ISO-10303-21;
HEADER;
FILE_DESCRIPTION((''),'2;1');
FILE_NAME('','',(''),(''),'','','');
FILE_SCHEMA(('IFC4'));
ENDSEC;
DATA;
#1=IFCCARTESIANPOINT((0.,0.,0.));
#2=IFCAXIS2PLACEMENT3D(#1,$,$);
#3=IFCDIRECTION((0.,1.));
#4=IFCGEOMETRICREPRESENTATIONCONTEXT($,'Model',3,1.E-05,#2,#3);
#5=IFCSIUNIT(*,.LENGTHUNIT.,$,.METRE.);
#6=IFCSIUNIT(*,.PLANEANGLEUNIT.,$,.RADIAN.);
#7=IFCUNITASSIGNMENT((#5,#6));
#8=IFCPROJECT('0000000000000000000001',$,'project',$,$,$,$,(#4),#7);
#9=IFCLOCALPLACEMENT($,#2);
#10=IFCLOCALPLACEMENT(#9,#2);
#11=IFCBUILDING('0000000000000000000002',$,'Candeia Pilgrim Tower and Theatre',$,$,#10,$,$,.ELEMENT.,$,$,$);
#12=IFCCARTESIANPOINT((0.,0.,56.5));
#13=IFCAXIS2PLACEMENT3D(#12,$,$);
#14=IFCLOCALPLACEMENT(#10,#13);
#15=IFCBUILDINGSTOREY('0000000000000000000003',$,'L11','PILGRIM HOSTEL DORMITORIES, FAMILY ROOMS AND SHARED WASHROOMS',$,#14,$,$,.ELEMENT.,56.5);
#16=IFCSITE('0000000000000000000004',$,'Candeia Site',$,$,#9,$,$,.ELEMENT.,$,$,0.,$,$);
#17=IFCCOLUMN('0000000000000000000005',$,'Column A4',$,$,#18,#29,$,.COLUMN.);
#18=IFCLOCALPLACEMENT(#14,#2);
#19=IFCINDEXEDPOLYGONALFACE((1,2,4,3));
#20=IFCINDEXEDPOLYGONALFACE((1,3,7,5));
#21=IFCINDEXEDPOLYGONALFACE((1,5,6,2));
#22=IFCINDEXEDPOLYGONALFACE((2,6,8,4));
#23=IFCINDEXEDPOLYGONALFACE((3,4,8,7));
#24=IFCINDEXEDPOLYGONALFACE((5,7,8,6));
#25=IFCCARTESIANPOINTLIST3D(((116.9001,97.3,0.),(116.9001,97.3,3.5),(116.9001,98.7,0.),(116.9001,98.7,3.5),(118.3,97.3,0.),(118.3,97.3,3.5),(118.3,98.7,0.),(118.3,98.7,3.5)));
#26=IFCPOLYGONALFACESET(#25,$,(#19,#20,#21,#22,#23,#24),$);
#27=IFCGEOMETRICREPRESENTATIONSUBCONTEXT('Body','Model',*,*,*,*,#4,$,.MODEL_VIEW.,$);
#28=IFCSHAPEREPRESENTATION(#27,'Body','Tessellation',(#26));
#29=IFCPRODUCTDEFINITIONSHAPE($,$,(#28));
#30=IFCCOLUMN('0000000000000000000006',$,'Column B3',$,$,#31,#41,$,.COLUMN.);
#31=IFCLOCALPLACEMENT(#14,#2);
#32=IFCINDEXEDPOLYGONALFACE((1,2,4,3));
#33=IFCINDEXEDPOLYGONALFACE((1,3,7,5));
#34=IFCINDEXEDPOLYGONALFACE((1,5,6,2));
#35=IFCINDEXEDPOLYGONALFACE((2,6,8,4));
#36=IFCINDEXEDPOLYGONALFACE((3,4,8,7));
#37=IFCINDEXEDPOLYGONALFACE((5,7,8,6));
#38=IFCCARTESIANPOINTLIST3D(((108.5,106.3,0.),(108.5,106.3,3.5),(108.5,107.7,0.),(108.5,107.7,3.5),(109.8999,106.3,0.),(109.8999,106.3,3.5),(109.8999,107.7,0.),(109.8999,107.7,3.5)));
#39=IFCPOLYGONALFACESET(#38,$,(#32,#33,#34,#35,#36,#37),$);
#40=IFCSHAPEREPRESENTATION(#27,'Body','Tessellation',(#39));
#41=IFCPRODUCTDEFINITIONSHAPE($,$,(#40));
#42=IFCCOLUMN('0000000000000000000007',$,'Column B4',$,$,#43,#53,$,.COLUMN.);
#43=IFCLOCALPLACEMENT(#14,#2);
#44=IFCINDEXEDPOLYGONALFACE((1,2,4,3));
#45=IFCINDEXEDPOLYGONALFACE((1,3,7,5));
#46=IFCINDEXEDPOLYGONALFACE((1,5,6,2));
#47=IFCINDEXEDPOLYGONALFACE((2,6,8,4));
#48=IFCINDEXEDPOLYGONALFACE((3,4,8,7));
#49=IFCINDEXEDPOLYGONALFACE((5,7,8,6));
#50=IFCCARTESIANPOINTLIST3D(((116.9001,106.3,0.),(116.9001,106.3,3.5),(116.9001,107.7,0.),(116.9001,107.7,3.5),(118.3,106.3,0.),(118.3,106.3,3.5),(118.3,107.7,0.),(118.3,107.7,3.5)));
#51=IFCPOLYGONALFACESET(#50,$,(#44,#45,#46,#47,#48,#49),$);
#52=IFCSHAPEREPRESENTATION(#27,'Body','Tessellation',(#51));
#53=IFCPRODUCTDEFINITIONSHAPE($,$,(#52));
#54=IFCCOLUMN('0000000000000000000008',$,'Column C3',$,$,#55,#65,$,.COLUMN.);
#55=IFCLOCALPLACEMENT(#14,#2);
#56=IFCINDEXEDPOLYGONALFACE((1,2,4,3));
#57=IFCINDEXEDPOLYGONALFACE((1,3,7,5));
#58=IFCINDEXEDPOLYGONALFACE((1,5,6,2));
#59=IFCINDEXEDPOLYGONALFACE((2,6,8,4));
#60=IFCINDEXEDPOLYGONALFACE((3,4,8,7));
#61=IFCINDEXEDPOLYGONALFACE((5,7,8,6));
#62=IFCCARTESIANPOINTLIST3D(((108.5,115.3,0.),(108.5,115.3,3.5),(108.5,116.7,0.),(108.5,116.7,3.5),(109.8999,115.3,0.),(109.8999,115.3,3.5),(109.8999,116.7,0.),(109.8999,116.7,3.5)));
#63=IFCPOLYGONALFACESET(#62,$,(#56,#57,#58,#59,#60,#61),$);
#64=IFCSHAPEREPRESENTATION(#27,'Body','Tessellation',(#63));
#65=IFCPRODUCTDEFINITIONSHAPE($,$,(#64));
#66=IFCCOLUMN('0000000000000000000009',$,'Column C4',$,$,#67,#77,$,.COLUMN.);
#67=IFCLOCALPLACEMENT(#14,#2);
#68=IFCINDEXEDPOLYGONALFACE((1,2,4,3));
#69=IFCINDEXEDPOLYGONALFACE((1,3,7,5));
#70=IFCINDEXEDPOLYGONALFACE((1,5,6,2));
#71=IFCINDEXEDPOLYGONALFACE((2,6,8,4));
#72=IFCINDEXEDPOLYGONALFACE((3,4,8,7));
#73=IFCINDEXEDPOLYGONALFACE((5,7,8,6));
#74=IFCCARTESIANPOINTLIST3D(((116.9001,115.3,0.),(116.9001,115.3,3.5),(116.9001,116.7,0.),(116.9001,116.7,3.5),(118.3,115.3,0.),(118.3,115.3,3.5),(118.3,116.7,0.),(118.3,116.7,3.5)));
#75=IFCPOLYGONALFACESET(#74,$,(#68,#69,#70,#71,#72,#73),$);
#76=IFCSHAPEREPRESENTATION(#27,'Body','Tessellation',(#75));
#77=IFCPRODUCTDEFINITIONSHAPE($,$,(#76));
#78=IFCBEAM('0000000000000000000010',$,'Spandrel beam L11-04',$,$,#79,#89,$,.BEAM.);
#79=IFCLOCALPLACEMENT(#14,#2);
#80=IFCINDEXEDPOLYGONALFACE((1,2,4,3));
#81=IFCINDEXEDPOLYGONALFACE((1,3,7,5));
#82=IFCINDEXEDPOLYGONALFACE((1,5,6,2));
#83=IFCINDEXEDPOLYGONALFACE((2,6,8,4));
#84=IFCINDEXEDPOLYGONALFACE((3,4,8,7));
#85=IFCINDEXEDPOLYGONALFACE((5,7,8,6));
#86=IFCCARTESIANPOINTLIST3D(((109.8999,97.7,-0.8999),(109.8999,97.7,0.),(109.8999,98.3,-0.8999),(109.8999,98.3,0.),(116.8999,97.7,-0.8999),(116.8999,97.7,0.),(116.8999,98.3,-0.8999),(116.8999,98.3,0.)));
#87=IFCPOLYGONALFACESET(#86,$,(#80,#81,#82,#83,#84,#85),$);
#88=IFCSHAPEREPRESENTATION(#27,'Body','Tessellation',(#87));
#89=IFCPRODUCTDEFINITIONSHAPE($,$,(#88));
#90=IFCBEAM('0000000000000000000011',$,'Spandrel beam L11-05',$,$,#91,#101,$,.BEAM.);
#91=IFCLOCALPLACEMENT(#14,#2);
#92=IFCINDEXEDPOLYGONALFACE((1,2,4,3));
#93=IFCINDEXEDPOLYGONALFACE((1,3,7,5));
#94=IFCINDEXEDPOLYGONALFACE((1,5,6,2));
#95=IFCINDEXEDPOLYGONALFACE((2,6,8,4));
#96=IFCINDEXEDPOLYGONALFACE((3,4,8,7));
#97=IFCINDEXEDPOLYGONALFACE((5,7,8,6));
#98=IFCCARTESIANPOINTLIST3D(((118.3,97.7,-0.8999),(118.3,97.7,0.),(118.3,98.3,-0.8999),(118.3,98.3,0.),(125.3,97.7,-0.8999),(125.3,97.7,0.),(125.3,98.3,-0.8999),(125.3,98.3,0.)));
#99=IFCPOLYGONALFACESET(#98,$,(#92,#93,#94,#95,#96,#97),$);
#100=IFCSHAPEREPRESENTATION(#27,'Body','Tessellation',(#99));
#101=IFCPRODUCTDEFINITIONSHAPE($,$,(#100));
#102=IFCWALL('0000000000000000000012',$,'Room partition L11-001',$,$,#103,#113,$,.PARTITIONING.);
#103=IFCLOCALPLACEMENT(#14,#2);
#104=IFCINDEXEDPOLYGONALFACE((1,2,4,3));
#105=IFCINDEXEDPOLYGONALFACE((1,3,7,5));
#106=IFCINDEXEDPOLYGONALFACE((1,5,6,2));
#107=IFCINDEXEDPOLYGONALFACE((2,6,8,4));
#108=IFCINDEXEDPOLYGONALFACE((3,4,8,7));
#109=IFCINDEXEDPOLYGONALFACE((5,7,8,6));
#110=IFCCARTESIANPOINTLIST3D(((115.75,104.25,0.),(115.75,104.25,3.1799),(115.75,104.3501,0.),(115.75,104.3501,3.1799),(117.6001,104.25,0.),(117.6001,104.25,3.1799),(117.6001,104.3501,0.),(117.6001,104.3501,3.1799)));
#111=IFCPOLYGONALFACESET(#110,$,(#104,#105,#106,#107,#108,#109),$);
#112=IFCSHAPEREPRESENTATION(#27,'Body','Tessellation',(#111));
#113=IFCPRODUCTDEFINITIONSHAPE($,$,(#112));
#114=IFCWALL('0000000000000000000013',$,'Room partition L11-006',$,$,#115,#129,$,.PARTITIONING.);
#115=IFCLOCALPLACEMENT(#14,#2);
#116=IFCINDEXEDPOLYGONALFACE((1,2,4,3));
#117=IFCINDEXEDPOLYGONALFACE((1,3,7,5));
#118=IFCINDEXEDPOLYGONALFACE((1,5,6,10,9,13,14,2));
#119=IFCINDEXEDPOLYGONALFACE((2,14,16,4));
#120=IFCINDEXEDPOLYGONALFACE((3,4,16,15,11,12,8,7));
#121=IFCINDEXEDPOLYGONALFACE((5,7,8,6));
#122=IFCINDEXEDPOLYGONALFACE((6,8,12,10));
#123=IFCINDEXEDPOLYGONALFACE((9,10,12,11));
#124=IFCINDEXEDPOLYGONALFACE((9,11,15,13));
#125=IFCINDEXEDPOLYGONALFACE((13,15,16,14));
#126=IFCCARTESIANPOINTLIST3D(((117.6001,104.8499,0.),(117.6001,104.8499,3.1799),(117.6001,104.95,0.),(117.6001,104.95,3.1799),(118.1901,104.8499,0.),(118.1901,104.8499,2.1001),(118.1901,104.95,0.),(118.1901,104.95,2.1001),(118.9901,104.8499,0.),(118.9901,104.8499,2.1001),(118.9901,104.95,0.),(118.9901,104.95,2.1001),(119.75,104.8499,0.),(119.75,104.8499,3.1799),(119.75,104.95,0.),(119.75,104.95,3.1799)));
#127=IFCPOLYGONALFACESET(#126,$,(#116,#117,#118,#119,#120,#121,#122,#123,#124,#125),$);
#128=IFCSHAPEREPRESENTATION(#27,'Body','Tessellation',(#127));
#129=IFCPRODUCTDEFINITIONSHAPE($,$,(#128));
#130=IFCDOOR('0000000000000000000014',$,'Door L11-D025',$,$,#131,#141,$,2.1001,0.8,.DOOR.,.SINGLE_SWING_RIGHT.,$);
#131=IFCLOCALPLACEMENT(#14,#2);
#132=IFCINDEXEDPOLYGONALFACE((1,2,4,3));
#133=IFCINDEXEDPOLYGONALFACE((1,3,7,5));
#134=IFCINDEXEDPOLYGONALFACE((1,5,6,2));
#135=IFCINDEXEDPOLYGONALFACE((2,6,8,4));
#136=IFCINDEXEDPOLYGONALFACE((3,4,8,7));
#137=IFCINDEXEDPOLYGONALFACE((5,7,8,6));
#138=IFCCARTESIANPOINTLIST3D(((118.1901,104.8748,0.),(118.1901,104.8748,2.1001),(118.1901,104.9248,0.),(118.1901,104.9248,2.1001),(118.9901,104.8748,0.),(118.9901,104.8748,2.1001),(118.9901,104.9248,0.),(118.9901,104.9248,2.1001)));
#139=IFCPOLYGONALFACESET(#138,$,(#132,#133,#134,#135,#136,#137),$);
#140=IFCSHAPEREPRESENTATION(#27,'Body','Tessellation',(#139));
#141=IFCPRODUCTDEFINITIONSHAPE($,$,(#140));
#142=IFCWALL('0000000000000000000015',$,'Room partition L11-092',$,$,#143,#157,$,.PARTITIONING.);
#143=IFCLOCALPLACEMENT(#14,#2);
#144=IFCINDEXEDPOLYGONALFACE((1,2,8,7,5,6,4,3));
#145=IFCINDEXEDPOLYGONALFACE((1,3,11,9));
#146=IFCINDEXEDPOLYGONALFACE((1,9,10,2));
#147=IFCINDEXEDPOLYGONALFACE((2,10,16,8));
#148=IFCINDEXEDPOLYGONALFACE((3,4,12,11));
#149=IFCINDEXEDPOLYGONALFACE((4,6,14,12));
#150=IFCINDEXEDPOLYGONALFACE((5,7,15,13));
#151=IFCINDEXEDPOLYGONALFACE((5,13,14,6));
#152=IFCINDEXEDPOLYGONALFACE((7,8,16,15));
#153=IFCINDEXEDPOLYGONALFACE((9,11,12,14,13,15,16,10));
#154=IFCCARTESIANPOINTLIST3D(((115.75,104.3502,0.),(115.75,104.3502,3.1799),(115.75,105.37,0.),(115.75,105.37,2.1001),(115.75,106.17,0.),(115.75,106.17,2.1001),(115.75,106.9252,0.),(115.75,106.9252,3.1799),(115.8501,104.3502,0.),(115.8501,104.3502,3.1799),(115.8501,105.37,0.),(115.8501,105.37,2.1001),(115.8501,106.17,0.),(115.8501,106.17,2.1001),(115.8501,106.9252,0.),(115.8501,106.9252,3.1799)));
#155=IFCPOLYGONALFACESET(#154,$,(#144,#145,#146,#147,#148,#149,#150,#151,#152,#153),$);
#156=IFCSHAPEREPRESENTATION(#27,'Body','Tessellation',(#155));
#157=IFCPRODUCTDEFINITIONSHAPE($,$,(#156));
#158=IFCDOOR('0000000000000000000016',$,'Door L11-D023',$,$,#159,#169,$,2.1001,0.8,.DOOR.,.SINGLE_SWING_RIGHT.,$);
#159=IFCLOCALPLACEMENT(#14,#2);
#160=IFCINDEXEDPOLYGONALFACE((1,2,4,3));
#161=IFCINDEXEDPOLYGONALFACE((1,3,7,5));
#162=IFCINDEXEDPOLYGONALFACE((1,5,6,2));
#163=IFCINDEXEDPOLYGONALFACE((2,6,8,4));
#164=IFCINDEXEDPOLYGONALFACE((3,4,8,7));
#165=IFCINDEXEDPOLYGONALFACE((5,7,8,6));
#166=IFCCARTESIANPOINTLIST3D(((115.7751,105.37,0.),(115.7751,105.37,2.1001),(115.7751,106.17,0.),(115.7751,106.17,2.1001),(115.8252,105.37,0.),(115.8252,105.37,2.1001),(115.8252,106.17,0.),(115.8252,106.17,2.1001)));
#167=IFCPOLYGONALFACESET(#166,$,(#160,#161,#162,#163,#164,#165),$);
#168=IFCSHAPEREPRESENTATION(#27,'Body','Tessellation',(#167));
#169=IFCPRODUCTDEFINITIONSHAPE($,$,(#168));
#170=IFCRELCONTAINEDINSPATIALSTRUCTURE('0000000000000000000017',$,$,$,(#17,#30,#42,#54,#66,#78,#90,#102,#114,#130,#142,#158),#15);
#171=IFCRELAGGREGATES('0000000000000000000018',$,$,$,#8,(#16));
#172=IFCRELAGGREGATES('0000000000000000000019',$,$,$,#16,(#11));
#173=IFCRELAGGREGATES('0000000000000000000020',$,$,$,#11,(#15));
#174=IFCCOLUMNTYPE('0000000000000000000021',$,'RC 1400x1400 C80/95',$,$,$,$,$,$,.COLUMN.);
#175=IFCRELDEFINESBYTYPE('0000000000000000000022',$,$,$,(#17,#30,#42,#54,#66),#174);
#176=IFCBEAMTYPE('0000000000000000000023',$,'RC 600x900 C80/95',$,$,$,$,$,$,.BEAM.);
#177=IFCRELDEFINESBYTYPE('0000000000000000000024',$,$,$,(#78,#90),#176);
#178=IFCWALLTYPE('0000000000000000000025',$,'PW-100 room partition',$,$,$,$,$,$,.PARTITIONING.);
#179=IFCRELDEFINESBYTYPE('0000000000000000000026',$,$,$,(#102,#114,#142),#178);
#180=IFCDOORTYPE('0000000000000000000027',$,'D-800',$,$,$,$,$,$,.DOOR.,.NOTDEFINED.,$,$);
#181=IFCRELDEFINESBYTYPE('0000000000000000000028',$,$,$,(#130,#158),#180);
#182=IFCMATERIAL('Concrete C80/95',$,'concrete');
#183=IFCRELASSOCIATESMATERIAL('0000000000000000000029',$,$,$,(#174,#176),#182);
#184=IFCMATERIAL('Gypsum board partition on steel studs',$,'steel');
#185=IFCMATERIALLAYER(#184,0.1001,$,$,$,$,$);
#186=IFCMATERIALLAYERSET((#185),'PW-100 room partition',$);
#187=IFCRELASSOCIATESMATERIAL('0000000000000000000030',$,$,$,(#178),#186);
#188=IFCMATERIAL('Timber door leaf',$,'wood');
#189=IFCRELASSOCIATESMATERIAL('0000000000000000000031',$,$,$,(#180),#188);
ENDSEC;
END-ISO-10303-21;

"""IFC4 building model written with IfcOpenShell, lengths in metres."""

from ifc_helpers import new_model, si_unit, direction, frame, frame_2d, origin, origin_2d, place, context, subcontext, project, spatial, rectangle, extrude, material, layer, layer_set, material_profile, profile_set, type_object, element, fill, save


model = new_model("IFC4")

# Units and contexts
model_context = context("Model", 3, precision=1e-05, world=origin(), true_north=direction((0.0, 1.0)))
body_context = subcontext(model_context, "Body", "Model", "MODEL_VIEW")
ifc_project = project(units=[si_unit("LENGTHUNIT", "METRE"), si_unit("PLANEANGLEUNIT", "RADIAN")], contexts=[model_context])

# Site, building, storey
site_placement = place(None, origin())
site = spatial("IfcSite", under=ifc_project, at=site_placement, Name="Candeia Site", CompositionType="ELEMENT", RefElevation=0.0)
building_placement = place(site_placement, origin())
building = spatial("IfcBuilding", under=site, at=building_placement, Name="Candeia Pilgrim Tower and Theatre", CompositionType="ELEMENT")
storey_placement = place(building_placement, frame((0.0, 0.0, 56.5)))
storey = spatial("IfcBuildingStorey", under=building, at=storey_placement, Name="L11", Description="PILGRIM HOSTEL DORMITORIES, FAMILY ROOMS AND SHARED WASHROOMS", CompositionType="ELEMENT", Elevation=56.5)

# Columns
ifc_material_1 = material(Name="Concrete C80/95", Category="concrete")
ifc_material_profile_1 = material_profile(ifc_material_1, rectangle(XDim=1.3999, YDim=1.3999, at=origin_2d()))
ifc_profile_set_1 = profile_set([ifc_material_profile_1], Name="Concrete C80/95")
column_type = type_object("IfcColumnType", Name="RC 1400x1400 C80/95", PredefinedType="COLUMN", material=ifc_profile_set_1)
for number, where, z_axis, x_axis, name in (
    (1, (117.6001, 98.0, 0.0), (0.0, 0.0, 1.0), (1.0, 0.0, 0.0), "Column A4"),
    (2, (109.2, 107.0, 0.0), (0.0, 0.0, 1.0), (1.0, 0.0, 0.0), "Column B3"),
    (3, (117.6001, 107.0, 0.0), (0.0, 0.0, 1.0), (1.0, 0.0, 0.0), "Column B4"),
    (4, (109.2, 116.0, 0.0), (0.0, 0.0, 1.0), (1.0, 0.0, 0.0), "Column C3"),
    (5, (117.6001, 116.0, 0.0), (0.0, 0.0, 1.0), (1.0, 0.0, 0.0), "Column C4"),
):
    element("IfcColumn", number, at=place(storey_placement, frame(where, z_axis=z_axis, x_axis=x_axis)), inside=storey, type_object=column_type, Name=name, PredefinedType="COLUMN", context=body_context, shape_type="SweptSolid", body=[
        extrude(rectangle(XDim=1.3999, YDim=1.3999, at=origin_2d()), origin(), (0.0, 0.0, 1.0), 3.5),
    ])

# Beams
ifc_material_profile_2 = material_profile(ifc_material_1, rectangle(XDim=0.6001, YDim=0.8999, at=origin_2d()))
ifc_profile_set_2 = profile_set([ifc_material_profile_2], Name="Concrete C80/95")
beam_type = type_object("IfcBeamType", Name="RC 600x900 C80/95", PredefinedType="BEAM", material=ifc_profile_set_2)
for number, where, z_axis, x_axis, name in (
    (6, (109.8999, 98.0, -0.45), (1.0, 0.0, 0.0), (0.0, 1.0, 0.0), "Spandrel beam L11-04"),
    (7, (118.3, 98.0, -0.45), (1.0, 0.0, 0.0), (0.0, 1.0, 0.0), "Spandrel beam L11-05"),
):
    element("IfcBeam", number, at=place(storey_placement, frame(where, z_axis=z_axis, x_axis=x_axis)), inside=storey, type_object=beam_type, Name=name, PredefinedType="BEAM", context=body_context, shape_type="SweptSolid", body=[
        extrude(rectangle(XDim=0.6001, YDim=0.8999, at=origin_2d()), origin(), (0.0, 0.0, 1.0), 7.0),
    ])

# Wall
ifc_material_2 = material(Name="Gypsum board partition on steel studs", Category="steel")
ifc_layer_1 = layer(ifc_material_2, 0.1001)
ifc_layer_set_1 = layer_set([ifc_layer_1], Name="PW-100 room partition")
wall_type_1 = type_object("IfcWallType", Name="PW-100 room partition", PredefinedType="PARTITIONING", material=ifc_layer_set_1)
wall_1_placement = place(storey_placement, frame((115.75, 104.3, 0.0), z_axis=(0.0, 0.0, 1.0), x_axis=(1.0, 0.0, 0.0)))
element("IfcWall", 8, at=wall_1_placement, inside=storey, type_object=wall_type_1, Name="Room partition L11-001", PredefinedType="PARTITIONING", context=body_context, shape_type="SweptSolid", body=[
    extrude(rectangle(XDim=1.8501, YDim=0.1001, at=frame_2d((0.925, 0.0))), origin(), (0.0, 0.0, 1.0), 3.1799),
])

# Walls, openings, doors
wall_2_placement = place(storey_placement, frame((117.6001, 104.8999, 0.0), z_axis=(0.0, 0.0, 1.0), x_axis=(1.0, 0.0, 0.0)))
wall_2 = element("IfcWall", 9, at=wall_2_placement, inside=storey, type_object=wall_type_1, Name="Room partition L11-006", PredefinedType="PARTITIONING", context=body_context, shape_type="SweptSolid", body=[
    extrude(rectangle(XDim=2.1499, YDim=0.1001, at=frame_2d((1.075, 0.0))), origin(), (0.0, 0.0, 1.0), 3.1799),
])
opening_1_placement = place(wall_2_placement, frame((0.5901, 0.0, 0.0)))
opening_1 = element("IfcOpeningElement", 10, at=opening_1_placement, cuts=wall_2, PredefinedType="OPENING", context=body_context, shape_type="SweptSolid", body=[
    extrude(rectangle(XDim=0.8, YDim=2.1001, at=frame_2d((0.3999, 1.05))), frame((0.0, 0.0601, 0.0), z_axis=(0.0, -1.0, 0.0), x_axis=(1.0, 0.0, 0.0)), (0.0, 0.0, 1.0), 0.1201),
])
ifc_material_3 = material(Name="Timber door leaf", Category="wood")
door_type_1 = type_object("IfcDoorType", Name="D-800", OperationType="NOTDEFINED", PredefinedType="DOOR", material=ifc_material_3)
door_1_placement = place(opening_1_placement, origin())
door_1 = element("IfcDoor", 11, at=door_1_placement, inside=storey, type_object=door_type_1, Name="Door L11-D025", OperationType="SINGLE_SWING_RIGHT", OverallHeight=2.1001, OverallWidth=0.8, PredefinedType="DOOR", context=body_context, shape_type="SweptSolid", body=[
    extrude(rectangle(XDim=0.8, YDim=2.1001, at=frame_2d((0.3999, 1.05))), frame((0.0, 0.0249, 0.0), z_axis=(0.0, -1.0, 0.0), x_axis=(1.0, 0.0, 0.0)), (0.0, 0.0, 1.0), 0.05),
])
fill(opening_1, door_1)
wall_3_placement = place(storey_placement, frame((115.8, 104.3501, 0.0), z_axis=(0.0, 0.0, 1.0), x_axis=(0.0, 1.0, 0.0)))
wall_3 = element("IfcWall", 12, at=wall_3_placement, inside=storey, type_object=wall_type_1, Name="Room partition L11-092", PredefinedType="PARTITIONING", context=body_context, shape_type="SweptSolid", body=[
    extrude(rectangle(XDim=2.575, YDim=0.1001, at=frame_2d((1.2876, 0.0))), origin(), (0.0, 0.0, 1.0), 3.1799),
])
opening_2_placement = place(wall_3_placement, frame((1.02, 0.0, 0.0)))
opening_2 = element("IfcOpeningElement", 13, at=opening_2_placement, cuts=wall_3, PredefinedType="OPENING", context=body_context, shape_type="SweptSolid", body=[
    extrude(rectangle(XDim=0.8, YDim=2.1001, at=frame_2d((0.3999, 1.05))), frame((0.0, 0.0601, 0.0), z_axis=(0.0, -1.0, 0.0), x_axis=(1.0, 0.0, 0.0)), (0.0, 0.0, 1.0), 0.1201),
])
door_2_placement = place(opening_2_placement, origin())
door_2 = element("IfcDoor", 14, at=door_2_placement, inside=storey, type_object=door_type_1, Name="Door L11-D023", OperationType="SINGLE_SWING_RIGHT", OverallHeight=2.1001, OverallWidth=0.8, PredefinedType="DOOR", context=body_context, shape_type="SweptSolid", body=[
    extrude(rectangle(XDim=0.8, YDim=2.1001, at=frame_2d((0.3999, 1.05))), frame((0.0, 0.0249, 0.0), z_axis=(0.0, -1.0, 0.0), x_axis=(1.0, 0.0, 0.0)), (0.0, 0.0, 1.0), 0.05),
])
fill(opening_2, door_2)

save(model, "model.ifc")
